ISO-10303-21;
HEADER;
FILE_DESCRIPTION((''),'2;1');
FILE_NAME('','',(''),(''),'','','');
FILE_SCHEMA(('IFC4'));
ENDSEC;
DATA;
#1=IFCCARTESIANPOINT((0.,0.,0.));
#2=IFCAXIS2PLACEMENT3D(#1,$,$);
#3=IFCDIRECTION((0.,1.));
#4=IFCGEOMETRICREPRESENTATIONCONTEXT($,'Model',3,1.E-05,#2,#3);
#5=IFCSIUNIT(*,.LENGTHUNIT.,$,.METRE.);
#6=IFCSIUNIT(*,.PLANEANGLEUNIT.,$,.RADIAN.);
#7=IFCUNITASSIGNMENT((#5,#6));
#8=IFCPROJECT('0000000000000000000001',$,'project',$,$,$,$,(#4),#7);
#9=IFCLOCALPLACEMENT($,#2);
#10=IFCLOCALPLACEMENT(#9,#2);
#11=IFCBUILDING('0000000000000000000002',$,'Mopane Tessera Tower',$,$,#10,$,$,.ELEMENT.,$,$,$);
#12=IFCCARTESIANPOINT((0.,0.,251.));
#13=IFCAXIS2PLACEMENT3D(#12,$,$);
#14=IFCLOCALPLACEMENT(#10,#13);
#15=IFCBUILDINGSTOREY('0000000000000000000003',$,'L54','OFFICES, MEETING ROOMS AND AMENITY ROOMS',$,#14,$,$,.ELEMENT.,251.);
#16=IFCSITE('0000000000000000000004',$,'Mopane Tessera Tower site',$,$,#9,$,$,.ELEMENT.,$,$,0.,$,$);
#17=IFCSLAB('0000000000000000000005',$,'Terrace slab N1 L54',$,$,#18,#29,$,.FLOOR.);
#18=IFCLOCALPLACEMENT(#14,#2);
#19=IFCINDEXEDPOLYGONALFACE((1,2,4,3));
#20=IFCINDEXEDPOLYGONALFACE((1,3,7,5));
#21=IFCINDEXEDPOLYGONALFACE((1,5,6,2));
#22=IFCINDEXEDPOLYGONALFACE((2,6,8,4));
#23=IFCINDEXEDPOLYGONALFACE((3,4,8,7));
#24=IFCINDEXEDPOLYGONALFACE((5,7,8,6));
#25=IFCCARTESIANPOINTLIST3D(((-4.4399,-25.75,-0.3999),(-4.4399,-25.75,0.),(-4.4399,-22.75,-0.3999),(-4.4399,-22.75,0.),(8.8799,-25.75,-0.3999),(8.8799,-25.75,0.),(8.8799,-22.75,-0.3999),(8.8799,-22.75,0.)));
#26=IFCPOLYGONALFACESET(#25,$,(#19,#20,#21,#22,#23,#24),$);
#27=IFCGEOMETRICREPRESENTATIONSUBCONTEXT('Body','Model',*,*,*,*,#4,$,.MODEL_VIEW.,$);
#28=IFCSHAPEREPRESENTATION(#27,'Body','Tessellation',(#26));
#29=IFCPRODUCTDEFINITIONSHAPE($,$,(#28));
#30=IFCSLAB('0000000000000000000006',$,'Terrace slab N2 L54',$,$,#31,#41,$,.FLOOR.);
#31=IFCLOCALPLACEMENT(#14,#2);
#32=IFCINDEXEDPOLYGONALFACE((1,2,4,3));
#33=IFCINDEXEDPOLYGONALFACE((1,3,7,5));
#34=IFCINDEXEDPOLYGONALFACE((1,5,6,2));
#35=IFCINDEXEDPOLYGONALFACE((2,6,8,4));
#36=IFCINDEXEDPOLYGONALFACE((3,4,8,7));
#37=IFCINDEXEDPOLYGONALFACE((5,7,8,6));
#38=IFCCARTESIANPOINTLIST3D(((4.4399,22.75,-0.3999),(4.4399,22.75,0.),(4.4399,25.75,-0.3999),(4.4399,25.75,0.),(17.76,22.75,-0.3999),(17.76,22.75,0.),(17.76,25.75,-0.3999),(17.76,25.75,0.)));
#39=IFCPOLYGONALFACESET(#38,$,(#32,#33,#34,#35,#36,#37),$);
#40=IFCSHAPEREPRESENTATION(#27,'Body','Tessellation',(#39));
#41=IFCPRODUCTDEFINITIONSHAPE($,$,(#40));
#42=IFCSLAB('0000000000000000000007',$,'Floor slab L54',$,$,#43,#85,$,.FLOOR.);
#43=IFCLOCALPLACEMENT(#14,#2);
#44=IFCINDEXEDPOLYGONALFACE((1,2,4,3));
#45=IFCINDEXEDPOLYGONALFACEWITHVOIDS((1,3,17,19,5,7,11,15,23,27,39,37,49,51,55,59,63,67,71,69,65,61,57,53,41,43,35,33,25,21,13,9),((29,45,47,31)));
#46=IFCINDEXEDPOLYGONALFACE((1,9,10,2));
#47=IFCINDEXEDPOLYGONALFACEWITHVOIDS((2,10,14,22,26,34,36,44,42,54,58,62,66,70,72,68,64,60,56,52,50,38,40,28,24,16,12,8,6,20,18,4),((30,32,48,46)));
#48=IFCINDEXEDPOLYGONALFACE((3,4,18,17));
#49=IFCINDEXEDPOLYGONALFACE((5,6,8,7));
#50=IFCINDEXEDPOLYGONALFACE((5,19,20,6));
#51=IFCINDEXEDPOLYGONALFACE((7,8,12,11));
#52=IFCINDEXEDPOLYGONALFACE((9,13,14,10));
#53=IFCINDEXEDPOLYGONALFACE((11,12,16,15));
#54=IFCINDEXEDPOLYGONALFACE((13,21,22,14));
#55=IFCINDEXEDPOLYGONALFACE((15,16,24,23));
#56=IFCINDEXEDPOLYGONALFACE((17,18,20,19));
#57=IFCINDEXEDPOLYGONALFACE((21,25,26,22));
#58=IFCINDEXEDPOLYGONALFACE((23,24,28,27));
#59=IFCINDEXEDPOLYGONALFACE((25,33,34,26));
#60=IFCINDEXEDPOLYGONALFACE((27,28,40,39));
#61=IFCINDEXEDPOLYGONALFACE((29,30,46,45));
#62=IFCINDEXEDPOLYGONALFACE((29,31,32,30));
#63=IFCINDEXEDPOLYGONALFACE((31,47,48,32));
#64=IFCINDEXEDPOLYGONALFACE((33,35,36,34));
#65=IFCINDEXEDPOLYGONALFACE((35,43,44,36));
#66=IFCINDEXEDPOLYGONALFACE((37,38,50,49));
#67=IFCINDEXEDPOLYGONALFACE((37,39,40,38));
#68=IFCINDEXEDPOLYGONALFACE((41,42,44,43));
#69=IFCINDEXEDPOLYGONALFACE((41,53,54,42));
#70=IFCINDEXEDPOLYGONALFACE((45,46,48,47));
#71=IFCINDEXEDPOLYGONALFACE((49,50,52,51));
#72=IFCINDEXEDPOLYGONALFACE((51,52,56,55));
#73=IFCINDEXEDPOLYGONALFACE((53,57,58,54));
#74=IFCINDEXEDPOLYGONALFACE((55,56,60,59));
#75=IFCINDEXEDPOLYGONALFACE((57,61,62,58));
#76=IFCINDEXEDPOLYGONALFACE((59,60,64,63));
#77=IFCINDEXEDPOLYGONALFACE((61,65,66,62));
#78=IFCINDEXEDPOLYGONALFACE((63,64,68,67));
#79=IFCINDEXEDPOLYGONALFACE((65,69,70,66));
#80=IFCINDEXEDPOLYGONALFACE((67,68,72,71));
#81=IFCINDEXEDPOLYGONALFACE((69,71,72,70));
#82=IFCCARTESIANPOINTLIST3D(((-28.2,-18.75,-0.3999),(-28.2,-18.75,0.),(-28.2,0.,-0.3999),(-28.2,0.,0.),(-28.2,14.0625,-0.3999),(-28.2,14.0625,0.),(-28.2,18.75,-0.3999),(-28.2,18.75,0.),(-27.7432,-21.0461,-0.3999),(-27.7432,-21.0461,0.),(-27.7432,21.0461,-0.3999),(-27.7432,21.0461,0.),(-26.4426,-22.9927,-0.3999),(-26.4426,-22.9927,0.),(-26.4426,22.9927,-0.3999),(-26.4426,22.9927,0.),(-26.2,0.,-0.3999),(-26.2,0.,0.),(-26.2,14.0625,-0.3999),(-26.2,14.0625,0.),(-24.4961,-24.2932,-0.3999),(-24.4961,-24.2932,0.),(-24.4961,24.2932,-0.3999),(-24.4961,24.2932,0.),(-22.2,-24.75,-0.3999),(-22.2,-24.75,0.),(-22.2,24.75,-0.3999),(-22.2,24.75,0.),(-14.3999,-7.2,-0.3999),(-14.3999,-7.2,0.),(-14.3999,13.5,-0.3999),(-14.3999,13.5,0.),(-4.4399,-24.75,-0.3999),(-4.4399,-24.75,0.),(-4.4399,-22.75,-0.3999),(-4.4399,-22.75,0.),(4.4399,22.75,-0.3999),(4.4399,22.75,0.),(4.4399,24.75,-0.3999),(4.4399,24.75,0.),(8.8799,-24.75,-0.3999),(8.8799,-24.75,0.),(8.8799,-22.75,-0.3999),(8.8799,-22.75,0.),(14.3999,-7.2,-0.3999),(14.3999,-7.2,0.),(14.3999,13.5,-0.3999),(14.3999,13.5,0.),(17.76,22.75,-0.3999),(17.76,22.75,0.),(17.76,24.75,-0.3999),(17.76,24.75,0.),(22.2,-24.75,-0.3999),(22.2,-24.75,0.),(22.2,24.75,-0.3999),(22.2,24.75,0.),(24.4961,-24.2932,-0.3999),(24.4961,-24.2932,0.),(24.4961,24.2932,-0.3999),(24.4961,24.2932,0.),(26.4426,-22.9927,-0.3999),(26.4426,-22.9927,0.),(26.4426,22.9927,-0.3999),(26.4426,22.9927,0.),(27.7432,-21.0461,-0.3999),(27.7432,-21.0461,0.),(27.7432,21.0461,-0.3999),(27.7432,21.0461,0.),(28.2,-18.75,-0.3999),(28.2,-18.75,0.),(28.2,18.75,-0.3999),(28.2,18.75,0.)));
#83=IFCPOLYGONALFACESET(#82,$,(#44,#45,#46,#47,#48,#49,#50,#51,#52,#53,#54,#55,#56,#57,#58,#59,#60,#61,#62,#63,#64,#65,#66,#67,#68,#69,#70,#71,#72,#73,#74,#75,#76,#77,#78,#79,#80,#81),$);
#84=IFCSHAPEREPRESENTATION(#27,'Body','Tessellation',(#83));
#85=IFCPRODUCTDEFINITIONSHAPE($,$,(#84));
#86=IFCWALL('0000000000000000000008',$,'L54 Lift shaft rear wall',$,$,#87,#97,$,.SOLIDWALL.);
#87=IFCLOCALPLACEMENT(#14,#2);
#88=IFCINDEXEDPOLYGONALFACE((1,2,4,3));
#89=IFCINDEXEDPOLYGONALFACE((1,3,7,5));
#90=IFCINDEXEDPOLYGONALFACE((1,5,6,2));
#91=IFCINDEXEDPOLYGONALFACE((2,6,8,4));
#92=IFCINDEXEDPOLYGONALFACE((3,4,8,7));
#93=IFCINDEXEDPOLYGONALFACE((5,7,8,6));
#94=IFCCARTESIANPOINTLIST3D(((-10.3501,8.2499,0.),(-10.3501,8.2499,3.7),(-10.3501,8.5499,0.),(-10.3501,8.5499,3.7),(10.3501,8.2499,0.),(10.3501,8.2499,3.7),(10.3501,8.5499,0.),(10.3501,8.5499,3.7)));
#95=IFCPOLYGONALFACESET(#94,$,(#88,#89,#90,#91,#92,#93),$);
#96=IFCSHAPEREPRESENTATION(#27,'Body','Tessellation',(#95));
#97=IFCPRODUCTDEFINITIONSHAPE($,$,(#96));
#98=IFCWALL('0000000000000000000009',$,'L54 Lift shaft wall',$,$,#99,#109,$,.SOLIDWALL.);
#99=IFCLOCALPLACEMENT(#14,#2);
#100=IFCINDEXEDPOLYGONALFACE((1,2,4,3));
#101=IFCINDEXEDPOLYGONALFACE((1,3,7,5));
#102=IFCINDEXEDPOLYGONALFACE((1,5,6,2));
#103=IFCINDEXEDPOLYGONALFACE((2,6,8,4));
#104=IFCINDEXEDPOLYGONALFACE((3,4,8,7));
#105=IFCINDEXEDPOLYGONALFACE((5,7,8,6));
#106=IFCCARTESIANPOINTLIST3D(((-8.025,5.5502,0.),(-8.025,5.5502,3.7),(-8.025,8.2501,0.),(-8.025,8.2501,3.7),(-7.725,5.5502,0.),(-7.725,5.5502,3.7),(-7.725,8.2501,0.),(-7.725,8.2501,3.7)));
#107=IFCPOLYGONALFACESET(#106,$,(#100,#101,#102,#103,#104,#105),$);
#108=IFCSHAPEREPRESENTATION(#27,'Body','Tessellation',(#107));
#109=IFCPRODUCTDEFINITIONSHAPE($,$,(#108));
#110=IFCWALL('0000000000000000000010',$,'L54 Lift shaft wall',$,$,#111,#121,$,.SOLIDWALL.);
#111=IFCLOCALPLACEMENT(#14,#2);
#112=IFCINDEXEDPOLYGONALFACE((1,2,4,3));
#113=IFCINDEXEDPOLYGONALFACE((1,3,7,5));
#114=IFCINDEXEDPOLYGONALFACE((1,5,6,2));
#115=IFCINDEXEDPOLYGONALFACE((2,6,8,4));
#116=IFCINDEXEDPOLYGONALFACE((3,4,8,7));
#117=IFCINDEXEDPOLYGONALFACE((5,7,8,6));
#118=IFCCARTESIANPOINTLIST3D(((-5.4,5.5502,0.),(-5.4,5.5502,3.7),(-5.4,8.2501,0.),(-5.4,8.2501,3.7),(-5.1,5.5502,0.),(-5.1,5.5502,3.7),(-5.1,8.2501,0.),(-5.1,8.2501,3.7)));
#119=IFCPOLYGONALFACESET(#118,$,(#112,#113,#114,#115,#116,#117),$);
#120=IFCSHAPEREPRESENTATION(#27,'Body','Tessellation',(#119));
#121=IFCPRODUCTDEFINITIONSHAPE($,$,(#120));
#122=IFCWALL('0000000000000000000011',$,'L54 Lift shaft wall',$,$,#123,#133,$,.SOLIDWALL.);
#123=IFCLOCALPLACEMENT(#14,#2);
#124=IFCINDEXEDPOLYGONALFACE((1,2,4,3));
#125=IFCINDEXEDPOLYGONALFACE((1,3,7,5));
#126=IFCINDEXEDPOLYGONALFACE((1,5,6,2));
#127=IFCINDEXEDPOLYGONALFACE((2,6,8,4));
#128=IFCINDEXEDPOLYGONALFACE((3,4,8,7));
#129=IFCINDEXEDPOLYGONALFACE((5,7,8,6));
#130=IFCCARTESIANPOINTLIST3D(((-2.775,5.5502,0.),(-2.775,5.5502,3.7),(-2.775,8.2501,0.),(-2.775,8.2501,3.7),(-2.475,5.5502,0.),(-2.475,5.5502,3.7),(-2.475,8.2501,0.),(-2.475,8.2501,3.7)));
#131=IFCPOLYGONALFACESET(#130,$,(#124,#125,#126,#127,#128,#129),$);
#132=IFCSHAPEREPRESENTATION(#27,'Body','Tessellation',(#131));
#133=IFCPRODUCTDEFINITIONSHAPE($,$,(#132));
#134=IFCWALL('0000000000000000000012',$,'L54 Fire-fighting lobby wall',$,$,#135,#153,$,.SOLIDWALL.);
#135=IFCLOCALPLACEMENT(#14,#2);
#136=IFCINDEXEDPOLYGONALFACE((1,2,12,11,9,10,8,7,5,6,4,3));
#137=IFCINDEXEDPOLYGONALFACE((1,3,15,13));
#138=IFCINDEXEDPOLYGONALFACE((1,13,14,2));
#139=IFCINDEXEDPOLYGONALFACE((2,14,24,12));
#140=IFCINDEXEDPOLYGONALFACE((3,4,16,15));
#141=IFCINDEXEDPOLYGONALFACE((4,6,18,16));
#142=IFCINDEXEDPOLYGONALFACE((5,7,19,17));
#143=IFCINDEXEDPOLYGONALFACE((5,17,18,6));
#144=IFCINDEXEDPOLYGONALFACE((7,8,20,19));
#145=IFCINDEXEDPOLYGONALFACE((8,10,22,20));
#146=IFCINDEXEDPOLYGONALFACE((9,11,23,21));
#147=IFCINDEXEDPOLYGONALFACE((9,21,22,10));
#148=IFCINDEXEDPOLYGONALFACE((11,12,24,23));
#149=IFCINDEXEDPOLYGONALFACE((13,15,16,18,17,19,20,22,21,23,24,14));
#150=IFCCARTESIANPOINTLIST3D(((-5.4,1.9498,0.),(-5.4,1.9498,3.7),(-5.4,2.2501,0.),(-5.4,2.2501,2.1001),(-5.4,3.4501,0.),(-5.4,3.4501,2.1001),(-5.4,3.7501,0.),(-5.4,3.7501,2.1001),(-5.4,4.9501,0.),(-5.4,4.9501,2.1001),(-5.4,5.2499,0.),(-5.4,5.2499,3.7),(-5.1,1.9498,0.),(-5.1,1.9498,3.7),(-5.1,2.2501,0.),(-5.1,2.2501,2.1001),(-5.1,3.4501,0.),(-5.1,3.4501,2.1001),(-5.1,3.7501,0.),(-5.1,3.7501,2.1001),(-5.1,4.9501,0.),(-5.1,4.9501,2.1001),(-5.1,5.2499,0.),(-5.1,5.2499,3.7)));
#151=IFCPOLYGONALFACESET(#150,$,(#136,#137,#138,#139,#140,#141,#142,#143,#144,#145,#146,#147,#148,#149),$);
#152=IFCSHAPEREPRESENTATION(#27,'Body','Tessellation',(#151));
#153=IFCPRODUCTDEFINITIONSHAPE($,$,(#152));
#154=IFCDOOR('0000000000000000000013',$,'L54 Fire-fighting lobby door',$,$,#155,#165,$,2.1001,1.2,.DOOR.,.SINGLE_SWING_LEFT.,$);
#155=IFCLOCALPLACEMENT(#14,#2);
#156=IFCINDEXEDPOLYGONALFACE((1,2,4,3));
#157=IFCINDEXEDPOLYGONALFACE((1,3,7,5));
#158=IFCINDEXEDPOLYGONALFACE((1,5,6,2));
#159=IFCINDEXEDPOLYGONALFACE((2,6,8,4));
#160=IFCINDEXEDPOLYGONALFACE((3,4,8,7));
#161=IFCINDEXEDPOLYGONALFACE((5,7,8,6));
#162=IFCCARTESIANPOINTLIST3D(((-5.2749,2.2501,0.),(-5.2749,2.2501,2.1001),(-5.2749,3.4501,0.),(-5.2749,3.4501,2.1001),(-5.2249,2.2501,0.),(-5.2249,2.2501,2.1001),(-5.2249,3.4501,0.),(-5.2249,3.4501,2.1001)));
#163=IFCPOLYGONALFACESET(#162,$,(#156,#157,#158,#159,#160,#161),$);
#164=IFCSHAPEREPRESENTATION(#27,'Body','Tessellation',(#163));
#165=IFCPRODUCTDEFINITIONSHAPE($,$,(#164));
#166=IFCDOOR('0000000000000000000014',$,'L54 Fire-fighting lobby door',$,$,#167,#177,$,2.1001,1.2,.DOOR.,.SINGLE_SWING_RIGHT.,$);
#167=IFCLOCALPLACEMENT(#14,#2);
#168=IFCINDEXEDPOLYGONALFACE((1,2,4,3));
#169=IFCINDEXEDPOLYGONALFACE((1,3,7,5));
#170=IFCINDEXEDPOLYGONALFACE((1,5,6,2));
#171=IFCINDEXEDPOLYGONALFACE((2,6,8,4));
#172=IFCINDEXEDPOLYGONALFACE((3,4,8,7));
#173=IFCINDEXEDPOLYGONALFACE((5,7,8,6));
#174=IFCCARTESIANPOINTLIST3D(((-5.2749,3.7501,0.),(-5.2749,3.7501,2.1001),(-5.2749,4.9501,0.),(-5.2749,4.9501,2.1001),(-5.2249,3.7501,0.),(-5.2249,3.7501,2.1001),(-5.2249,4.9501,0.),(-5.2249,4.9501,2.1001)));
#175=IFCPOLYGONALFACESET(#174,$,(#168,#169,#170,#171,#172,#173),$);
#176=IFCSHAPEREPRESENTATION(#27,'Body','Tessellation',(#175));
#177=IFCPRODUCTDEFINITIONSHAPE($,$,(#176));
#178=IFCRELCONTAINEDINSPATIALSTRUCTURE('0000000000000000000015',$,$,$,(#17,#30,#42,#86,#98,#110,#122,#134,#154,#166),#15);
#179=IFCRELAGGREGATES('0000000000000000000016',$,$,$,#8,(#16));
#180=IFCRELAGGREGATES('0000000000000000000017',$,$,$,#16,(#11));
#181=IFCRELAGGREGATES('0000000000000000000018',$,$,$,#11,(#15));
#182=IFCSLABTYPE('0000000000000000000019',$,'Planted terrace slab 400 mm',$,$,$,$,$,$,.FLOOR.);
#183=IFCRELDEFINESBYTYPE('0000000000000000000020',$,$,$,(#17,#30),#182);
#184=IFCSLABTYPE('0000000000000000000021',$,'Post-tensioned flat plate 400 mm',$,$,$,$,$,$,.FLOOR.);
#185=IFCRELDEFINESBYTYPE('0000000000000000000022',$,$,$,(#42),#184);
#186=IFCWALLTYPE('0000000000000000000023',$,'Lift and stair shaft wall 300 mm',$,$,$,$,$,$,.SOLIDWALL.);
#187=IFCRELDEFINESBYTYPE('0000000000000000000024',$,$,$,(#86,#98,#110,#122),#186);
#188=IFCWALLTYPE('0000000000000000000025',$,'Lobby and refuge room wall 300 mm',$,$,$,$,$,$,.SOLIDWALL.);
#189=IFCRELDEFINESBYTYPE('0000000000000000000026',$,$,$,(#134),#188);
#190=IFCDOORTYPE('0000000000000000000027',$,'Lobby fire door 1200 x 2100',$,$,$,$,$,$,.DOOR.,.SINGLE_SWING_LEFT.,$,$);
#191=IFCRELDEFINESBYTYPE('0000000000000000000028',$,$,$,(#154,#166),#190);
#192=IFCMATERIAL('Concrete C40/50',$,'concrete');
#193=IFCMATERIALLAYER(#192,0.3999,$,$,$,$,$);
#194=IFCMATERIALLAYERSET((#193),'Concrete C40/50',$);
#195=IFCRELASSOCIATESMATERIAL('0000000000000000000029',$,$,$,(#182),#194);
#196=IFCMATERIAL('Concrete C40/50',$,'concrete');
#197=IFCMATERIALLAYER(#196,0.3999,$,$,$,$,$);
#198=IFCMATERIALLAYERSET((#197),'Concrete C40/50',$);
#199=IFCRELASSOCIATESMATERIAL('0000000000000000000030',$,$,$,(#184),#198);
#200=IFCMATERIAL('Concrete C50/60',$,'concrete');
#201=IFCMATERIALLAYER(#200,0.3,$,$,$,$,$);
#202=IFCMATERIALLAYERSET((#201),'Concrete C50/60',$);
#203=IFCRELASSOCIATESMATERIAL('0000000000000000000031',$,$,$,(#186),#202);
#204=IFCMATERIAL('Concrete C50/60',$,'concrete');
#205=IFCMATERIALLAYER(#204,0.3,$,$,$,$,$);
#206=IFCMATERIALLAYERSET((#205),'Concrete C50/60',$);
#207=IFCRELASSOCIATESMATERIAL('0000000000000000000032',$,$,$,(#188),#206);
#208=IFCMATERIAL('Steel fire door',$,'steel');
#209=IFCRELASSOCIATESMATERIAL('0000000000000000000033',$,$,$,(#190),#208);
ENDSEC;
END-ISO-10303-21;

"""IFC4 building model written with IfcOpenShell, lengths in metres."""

from ifc_helpers import new_model, si_unit, direction, frame, frame_2d, origin, place, context, subcontext, project, spatial, polyline, rectangle, outline, extrude, material, layer, layer_set, type_object, element, fill, save


model = new_model("IFC4")

# Units and contexts
model_context = context("Model", 3, precision=1e-05, world=origin(), true_north=direction((0.0, 1.0)))
body_context = subcontext(model_context, "Body", "Model", "MODEL_VIEW")
ifc_project = project(units=[si_unit("LENGTHUNIT", "METRE"), si_unit("PLANEANGLEUNIT", "RADIAN")], contexts=[model_context])

# Site, building, storey
site_placement = place(None, origin())
site = spatial("IfcSite", under=ifc_project, at=site_placement, Name="Mopane Tessera Tower site", CompositionType="ELEMENT", RefElevation=0.0)
building_placement = place(site_placement, origin())
building = spatial("IfcBuilding", under=site, at=building_placement, Name="Mopane Tessera Tower", CompositionType="ELEMENT")
storey_placement = place(building_placement, frame((0.0, 0.0, 251.0)))
storey = spatial("IfcBuildingStorey", under=building, at=storey_placement, Name="L54", Description="OFFICES, MEETING ROOMS AND AMENITY ROOMS", CompositionType="ELEMENT", Elevation=251.0)

# Slabs
ifc_material_1 = material(Name="Concrete C40/50", Category="concrete")
ifc_layer_1 = layer(ifc_material_1, 0.3999)
ifc_layer_set_1 = layer_set([ifc_layer_1], Name="Concrete C40/50")
slab_type_1 = type_object("IfcSlabType", Name="Planted terrace slab 400 mm", PredefinedType="FLOOR", material=ifc_layer_set_1)
slab_1_placement = place(storey_placement, frame((0.0, 0.0, -0.3999)))
element("IfcSlab", 1, at=slab_1_placement, inside=storey, type_object=slab_type_1, Name="Terrace slab N1 L54", PredefinedType="FLOOR", context=body_context, shape_type="SweptSolid", body=[
    extrude(outline(polyline([(8.8799, -25.75), (8.8799, -22.75), (-4.4399, -22.75), (-4.4399, -25.75), (8.8799, -25.75)])), origin(), (0.0, 0.0, 1.0), 0.3999),
])
slab_2_placement = place(storey_placement, frame((0.0, 0.0, -0.3999)))
element("IfcSlab", 2, at=slab_2_placement, inside=storey, type_object=slab_type_1, Name="Terrace slab N2 L54", PredefinedType="FLOOR", context=body_context, shape_type="SweptSolid", body=[
    extrude(outline(polyline([(4.4399, 25.75), (4.4399, 22.75), (17.76, 22.75), (17.76, 25.75), (4.4399, 25.75)])), origin(), (0.0, 0.0, 1.0), 0.3999),
])
ifc_material_2 = material(Name="Concrete C40/50", Category="concrete")
ifc_layer_2 = layer(ifc_material_2, 0.3999)
ifc_layer_set_2 = layer_set([ifc_layer_2], Name="Concrete C40/50")
slab_type_2 = type_object("IfcSlabType", Name="Post-tensioned flat plate 400 mm", PredefinedType="FLOOR", material=ifc_layer_set_2)
slab_3_placement = place(storey_placement, frame((0.0, 0.0, -0.3999)))
element("IfcSlab", 3, at=slab_3_placement, inside=storey, type_object=slab_type_2, Name="Floor slab L54", PredefinedType="FLOOR", context=body_context, shape_type="SweptSolid", body=[
    extrude(outline(polyline([(-22.2, -24.75), (-4.4399, -24.75), (-4.4399, -22.75), (8.8799, -22.75), (8.8799, -24.75), (22.2, -24.75), (24.4961, -24.2932), (26.4426, -22.9927), (27.7432, -21.0461), (28.2, -18.75), (28.2, 18.75), (27.7432, 21.0461), (26.4426, 22.9927), (24.4961, 24.2932), (22.2, 24.75), (17.76, 24.75), (17.76, 22.75), (4.4399, 22.75), (4.4399, 24.75), (-22.2, 24.75), (-24.4961, 24.2932), (-26.4426, 22.9927), (-27.7432, 21.0461), (-28.2, 18.75), (-28.2, 14.0625), (-26.2, 14.0625), (-26.2, 0.0), (-28.2, 0.0), (-28.2, -18.75), (-27.7432, -21.0461), (-26.4426, -22.9927), (-24.4961, -24.2932), (-22.2, -24.75)]), holes=[polyline([(14.3999, -7.2), (-14.3999, -7.2), (-14.3999, 13.5), (14.3999, 13.5), (14.3999, -7.2)])]), origin(), (0.0, 0.0, 1.0), 0.3999),
])

# Walls
ifc_material_3 = material(Name="Concrete C50/60", Category="concrete")
ifc_layer_3 = layer(ifc_material_3, 0.3)
ifc_layer_set_3 = layer_set([ifc_layer_3], Name="Concrete C50/60")
wall_type_1 = type_object("IfcWallType", Name="Lift and stair shaft wall 300 mm", PredefinedType="SOLIDWALL", material=ifc_layer_set_3)
wall_1_placement = place(storey_placement, frame((-10.3501, 8.3999, 0.0), z_axis=(0.0, 0.0, 1.0), x_axis=(1.0, 0.0, 0.0)))
element("IfcWall", 4, at=wall_1_placement, inside=storey, type_object=wall_type_1, Name="L54 Lift shaft rear wall", PredefinedType="SOLIDWALL", context=body_context, shape_type="SweptSolid", body=[
    extrude(rectangle(XDim=20.7002, YDim=0.3, at=frame_2d((10.3501, 0.0))), origin(), (0.0, 0.0, 1.0), 3.7),
])
for number, where, z_axis, x_axis, name in (
    (5, (-7.875, 5.55, 0.0), (0.0, 0.0, 1.0), (0.0, 1.0, 0.0), "L54 Lift shaft wall"),
    (6, (-5.25, 5.55, 0.0), (0.0, 0.0, 1.0), (0.0, 1.0, 0.0), "L54 Lift shaft wall"),
    (7, (-2.625, 5.55, 0.0), (0.0, 0.0, 1.0), (0.0, 1.0, 0.0), "L54 Lift shaft wall"),
):
    element("IfcWall", number, at=place(storey_placement, frame(where, z_axis=z_axis, x_axis=x_axis)), inside=storey, type_object=wall_type_1, Name=name, PredefinedType="SOLIDWALL", context=body_context, shape_type="SweptSolid", body=[
        extrude(rectangle(XDim=2.7, YDim=0.3, at=frame_2d((1.3501, 0.0))), origin(), (0.0, 0.0, 1.0), 3.7),
    ])

# Wall, openings, doors
ifc_material_4 = material(Name="Concrete C50/60", Category="concrete")
ifc_layer_4 = layer(ifc_material_4, 0.3)
ifc_layer_set_4 = layer_set([ifc_layer_4], Name="Concrete C50/60")
wall_type_2 = type_object("IfcWallType", Name="Lobby and refuge room wall 300 mm", PredefinedType="SOLIDWALL", material=ifc_layer_set_4)
wall_2_placement = place(storey_placement, frame((-5.25, 1.95, 0.0), z_axis=(0.0, 0.0, 1.0), x_axis=(0.0, 1.0, 0.0)))
wall_2 = element("IfcWall", 8, at=wall_2_placement, inside=storey, type_object=wall_type_2, Name="L54 Fire-fighting lobby wall", PredefinedType="SOLIDWALL", context=body_context, shape_type="SweptSolid", body=[
    extrude(rectangle(XDim=3.3, YDim=0.3, at=frame_2d((1.6499, 0.0))), origin(), (0.0, 0.0, 1.0), 3.7),
])
opening_1_placement = place(wall_2_placement, frame((0.3, 0.0, 0.0)))
opening_1 = element("IfcOpeningElement", 9, at=opening_1_placement, cuts=wall_2, PredefinedType="OPENING", context=body_context, shape_type="SweptSolid", body=[
    extrude(rectangle(XDim=1.2, YDim=2.1001, at=frame_2d((0.6001, 1.05))), frame((0.0, 0.1621, 0.0), z_axis=(0.0, -1.0, 0.0), x_axis=(1.0, 0.0, 0.0)), (0.0, 0.0, 1.0), 0.324),
])
opening_2_placement = place(wall_2_placement, frame((1.8, 0.0, 0.0)))
opening_2 = element("IfcOpeningElement", 10, at=opening_2_placement, cuts=wall_2, PredefinedType="OPENING", context=body_context, shape_type="SweptSolid", body=[
    extrude(rectangle(XDim=1.2, YDim=2.1001, at=frame_2d((0.6001, 1.05))), frame((0.0, 0.1621, 0.0), z_axis=(0.0, -1.0, 0.0), x_axis=(1.0, 0.0, 0.0)), (0.0, 0.0, 1.0), 0.324),
])
ifc_material_5 = material(Name="Steel fire door", Category="steel")
door_type = type_object("IfcDoorType", Name="Lobby fire door 1200 x 2100", OperationType="SINGLE_SWING_LEFT", PredefinedType="DOOR", material=ifc_material_5)
door_1_placement = place(opening_1_placement, origin())
door_1 = element("IfcDoor", 11, at=door_1_placement, inside=storey, type_object=door_type, Name="L54 Fire-fighting lobby door", OperationType="SINGLE_SWING_LEFT", OverallHeight=2.1001, OverallWidth=1.2, PredefinedType="DOOR", context=body_context, shape_type="SweptSolid", body=[
    extrude(rectangle(XDim=1.2, YDim=2.1001, at=frame_2d((0.6001, 1.05))), frame((0.0, 0.0249, 0.0), z_axis=(0.0, -1.0, 0.0), x_axis=(1.0, 0.0, 0.0)), (0.0, 0.0, 1.0), 0.05),
])
fill(opening_1, door_1)
door_2_placement = place(opening_2_placement, origin())
door_2 = element("IfcDoor", 12, at=door_2_placement, inside=storey, type_object=door_type, Name="L54 Fire-fighting lobby door", OperationType="SINGLE_SWING_RIGHT", OverallHeight=2.1001, OverallWidth=1.2, PredefinedType="DOOR", context=body_context, shape_type="SweptSolid", body=[
    extrude(rectangle(XDim=1.2, YDim=2.1001, at=frame_2d((0.6001, 1.05))), frame((0.0, 0.0249, 0.0), z_axis=(0.0, -1.0, 0.0), x_axis=(1.0, 0.0, 0.0)), (0.0, 0.0, 1.0), 0.05),
])
fill(opening_2, door_2)

save(model, "model.ifc")
